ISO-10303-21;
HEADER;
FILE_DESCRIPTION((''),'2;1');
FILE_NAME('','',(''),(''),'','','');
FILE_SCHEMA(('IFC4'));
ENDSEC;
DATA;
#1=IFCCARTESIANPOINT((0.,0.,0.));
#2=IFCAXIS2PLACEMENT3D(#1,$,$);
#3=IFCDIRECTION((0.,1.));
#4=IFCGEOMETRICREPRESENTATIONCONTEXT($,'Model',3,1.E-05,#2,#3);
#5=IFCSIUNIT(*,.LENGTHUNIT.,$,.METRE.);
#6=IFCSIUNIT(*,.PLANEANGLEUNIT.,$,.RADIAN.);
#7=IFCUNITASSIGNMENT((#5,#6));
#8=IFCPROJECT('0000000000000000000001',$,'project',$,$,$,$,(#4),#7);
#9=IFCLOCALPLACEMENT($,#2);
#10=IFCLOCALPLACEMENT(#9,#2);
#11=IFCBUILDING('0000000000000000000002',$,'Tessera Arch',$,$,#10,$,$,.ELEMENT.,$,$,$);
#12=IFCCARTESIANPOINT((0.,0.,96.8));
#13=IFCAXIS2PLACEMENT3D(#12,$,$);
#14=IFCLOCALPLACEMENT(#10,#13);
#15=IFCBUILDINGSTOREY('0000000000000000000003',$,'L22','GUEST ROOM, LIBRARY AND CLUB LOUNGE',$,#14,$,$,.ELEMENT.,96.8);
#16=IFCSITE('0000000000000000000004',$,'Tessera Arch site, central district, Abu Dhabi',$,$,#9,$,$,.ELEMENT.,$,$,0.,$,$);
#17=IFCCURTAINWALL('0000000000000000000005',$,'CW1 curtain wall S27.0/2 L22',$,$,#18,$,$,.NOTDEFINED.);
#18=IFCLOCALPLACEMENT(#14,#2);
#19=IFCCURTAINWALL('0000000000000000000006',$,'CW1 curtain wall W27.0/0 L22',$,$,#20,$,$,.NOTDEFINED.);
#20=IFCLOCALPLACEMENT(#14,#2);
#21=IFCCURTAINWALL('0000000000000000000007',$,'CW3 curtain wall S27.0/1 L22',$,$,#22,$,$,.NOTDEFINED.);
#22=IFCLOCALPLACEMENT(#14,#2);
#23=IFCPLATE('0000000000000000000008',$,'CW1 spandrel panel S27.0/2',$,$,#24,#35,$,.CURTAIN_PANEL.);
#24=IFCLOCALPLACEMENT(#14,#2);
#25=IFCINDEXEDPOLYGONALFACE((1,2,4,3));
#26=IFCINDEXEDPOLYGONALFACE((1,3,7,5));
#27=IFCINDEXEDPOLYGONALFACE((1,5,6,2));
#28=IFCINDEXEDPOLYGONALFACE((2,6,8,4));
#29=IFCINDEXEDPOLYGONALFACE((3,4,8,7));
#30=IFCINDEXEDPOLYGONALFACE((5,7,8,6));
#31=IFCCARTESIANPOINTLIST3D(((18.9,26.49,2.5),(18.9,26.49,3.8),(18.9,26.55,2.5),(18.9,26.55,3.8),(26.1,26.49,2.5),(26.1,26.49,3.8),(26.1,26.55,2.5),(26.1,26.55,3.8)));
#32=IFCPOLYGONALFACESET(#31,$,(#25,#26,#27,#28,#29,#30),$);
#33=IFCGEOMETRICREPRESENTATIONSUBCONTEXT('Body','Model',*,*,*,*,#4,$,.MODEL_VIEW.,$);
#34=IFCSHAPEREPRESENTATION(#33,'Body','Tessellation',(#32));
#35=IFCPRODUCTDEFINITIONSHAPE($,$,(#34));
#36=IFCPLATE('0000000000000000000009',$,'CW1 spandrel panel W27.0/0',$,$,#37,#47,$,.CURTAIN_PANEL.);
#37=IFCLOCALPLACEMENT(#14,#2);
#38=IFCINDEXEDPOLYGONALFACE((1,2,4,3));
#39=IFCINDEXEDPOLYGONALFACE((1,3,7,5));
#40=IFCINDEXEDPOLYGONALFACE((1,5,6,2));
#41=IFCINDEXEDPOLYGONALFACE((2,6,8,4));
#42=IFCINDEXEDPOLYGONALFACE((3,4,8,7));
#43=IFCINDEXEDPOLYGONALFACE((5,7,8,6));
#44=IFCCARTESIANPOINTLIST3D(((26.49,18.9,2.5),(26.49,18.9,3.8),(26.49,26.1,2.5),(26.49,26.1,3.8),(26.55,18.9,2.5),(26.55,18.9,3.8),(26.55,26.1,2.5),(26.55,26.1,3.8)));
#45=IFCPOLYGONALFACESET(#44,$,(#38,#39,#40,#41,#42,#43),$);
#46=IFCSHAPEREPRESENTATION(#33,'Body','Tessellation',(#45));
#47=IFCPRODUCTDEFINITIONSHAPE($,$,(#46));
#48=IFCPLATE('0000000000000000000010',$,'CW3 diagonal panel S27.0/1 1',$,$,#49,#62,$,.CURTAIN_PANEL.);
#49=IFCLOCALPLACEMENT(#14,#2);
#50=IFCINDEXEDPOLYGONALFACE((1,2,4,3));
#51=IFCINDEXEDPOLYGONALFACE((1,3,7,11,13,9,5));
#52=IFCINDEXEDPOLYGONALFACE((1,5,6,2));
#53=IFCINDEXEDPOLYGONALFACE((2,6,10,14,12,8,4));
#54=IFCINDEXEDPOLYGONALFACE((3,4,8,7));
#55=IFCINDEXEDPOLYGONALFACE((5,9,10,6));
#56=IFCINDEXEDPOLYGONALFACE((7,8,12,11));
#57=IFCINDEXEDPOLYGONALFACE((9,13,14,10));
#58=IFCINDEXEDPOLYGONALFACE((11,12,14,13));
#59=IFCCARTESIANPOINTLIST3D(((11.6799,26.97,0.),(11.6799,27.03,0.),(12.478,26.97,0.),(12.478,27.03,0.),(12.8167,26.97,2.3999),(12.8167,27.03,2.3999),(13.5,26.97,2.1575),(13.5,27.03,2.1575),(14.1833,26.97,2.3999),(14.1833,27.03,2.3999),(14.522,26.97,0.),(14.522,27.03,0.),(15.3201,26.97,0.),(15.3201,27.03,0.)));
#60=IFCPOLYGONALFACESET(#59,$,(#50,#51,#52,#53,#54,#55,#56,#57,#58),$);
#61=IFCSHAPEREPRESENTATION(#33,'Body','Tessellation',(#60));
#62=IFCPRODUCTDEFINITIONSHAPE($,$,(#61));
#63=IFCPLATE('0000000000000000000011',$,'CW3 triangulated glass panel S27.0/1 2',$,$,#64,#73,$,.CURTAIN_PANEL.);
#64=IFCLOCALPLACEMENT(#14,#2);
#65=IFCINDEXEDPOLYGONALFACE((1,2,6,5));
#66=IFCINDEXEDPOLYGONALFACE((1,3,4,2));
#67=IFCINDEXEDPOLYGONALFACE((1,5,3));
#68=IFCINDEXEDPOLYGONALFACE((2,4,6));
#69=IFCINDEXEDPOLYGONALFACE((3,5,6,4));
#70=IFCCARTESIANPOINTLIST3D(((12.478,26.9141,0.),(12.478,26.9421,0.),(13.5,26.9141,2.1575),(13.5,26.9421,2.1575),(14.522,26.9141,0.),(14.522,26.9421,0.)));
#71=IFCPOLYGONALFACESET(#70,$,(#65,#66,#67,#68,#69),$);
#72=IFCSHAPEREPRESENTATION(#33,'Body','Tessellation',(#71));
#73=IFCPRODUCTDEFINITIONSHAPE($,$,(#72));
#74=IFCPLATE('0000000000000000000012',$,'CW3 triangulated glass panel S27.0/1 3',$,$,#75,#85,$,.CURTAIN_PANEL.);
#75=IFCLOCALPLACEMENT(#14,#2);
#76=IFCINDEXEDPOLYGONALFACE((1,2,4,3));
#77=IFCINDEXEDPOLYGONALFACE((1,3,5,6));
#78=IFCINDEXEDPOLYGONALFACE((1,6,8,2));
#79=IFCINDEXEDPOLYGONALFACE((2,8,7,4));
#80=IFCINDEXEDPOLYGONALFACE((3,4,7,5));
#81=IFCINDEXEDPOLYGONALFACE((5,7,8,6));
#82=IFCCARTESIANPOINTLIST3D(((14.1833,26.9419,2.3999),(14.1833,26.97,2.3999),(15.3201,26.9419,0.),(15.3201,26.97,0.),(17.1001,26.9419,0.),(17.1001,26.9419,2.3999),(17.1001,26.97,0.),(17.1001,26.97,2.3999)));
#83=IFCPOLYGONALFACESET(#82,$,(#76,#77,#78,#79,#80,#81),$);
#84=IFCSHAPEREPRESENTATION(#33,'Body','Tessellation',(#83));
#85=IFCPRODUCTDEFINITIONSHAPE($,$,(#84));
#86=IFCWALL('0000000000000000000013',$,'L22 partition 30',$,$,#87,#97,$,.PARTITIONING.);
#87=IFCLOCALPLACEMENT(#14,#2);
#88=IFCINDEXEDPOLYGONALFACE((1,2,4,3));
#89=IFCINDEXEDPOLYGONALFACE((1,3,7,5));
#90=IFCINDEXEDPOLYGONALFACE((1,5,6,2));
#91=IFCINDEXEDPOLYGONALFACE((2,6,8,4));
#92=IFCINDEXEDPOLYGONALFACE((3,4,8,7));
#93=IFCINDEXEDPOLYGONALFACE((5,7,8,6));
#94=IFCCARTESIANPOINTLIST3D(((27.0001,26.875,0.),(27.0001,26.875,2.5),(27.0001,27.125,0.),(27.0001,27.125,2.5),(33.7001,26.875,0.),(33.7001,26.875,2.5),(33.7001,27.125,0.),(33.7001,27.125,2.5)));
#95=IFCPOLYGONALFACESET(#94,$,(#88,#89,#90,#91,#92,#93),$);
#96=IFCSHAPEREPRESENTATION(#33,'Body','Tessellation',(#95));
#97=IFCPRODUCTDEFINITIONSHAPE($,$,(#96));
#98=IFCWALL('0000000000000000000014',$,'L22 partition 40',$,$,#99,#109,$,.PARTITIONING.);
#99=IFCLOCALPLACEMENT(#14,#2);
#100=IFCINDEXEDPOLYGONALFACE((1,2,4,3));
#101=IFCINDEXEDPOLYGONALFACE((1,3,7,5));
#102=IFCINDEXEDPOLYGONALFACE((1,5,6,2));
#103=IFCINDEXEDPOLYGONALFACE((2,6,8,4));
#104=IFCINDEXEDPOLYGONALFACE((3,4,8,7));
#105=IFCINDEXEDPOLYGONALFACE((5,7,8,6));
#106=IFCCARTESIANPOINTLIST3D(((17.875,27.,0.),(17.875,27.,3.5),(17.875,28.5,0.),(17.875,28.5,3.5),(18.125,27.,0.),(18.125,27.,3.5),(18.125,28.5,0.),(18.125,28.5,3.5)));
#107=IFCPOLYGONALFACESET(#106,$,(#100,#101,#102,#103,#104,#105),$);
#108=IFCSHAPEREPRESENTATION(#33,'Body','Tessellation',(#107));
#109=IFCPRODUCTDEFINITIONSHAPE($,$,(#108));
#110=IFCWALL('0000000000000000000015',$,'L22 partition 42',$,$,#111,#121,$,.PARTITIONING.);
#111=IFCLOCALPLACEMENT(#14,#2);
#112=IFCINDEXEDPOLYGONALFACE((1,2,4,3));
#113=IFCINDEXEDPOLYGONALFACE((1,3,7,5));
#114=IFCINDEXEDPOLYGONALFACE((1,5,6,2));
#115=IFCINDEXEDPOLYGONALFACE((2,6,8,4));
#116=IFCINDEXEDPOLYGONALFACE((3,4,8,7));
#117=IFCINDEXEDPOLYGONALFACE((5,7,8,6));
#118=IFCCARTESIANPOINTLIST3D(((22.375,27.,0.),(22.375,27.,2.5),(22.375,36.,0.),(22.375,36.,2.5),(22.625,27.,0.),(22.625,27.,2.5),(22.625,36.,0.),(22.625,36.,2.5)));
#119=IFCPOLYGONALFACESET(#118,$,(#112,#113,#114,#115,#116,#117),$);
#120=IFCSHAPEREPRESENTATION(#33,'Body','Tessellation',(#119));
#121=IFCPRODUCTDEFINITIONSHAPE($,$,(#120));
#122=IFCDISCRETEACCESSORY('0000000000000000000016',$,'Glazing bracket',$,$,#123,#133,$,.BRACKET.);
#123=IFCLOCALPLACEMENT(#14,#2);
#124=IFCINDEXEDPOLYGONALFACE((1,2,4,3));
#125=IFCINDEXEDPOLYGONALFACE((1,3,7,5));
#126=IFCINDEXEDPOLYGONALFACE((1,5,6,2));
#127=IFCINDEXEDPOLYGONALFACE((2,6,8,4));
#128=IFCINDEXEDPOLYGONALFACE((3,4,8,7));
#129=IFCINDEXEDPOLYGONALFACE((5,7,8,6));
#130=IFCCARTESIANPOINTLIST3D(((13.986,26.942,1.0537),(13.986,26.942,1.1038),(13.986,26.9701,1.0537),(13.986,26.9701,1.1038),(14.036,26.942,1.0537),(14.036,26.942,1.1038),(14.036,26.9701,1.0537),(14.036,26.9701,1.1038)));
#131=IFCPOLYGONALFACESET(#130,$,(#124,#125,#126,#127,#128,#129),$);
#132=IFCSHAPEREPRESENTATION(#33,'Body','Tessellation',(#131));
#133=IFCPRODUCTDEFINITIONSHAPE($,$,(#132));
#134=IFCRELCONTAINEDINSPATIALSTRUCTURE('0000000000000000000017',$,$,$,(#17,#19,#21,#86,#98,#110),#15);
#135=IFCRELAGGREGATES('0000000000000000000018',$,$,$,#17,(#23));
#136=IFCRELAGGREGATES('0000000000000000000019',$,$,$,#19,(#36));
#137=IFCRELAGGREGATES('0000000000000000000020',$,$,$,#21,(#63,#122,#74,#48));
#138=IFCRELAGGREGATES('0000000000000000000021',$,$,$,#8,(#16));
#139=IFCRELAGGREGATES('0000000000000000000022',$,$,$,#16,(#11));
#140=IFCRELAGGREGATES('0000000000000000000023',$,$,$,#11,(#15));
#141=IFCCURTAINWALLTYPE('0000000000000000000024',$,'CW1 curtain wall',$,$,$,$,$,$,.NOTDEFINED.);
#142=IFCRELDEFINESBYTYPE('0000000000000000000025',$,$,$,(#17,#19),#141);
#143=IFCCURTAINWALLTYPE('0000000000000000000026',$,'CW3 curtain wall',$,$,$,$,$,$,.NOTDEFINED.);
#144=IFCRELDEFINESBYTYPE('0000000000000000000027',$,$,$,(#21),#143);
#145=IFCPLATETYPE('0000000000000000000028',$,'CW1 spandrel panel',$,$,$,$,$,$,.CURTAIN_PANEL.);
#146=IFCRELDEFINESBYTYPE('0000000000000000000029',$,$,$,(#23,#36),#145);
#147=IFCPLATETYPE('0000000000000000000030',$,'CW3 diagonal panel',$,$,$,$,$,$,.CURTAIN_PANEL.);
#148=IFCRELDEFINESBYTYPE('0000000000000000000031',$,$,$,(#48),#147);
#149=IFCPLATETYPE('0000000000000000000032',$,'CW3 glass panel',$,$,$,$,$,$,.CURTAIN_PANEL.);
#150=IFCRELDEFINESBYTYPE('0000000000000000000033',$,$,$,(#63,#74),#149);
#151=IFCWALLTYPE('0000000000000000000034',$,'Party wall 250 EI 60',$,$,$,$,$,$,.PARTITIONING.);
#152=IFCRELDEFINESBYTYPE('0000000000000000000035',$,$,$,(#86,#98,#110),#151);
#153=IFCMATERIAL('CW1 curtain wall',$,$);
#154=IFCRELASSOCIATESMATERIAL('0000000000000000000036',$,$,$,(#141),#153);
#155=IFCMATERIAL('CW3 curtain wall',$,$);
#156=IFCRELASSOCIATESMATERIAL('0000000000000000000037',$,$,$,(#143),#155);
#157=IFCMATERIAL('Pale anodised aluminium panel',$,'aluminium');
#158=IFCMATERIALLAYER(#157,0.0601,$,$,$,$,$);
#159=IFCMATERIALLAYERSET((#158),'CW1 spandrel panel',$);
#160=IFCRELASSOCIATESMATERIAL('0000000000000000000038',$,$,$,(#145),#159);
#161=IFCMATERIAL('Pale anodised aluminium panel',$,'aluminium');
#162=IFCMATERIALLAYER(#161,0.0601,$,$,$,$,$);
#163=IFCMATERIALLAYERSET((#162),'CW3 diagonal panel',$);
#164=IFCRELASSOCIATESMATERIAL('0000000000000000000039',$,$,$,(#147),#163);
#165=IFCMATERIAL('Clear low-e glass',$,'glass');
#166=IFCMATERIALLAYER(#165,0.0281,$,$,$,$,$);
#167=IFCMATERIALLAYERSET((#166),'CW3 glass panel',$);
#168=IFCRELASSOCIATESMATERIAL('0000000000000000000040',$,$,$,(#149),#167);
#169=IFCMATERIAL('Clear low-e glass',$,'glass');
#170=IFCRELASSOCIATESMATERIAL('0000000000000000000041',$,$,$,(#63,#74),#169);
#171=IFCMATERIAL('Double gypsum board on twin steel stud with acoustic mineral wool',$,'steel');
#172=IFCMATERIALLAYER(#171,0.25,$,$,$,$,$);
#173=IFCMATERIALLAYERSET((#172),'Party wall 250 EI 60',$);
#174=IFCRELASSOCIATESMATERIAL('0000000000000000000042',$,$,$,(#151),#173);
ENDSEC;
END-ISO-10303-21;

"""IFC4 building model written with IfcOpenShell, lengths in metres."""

from ifc_helpers import new_model, si_unit, direction, frame, frame_2d, origin, origin_2d, place, context, subcontext, project, spatial, polyline, rectangle, outline, extrude, material, layer, layer_set, type_object, element, aggregate, save


model = new_model("IFC4")

# Units and contexts
model_context = context("Model", 3, precision=1e-05, world=origin(), true_north=direction((0.0, 1.0)))
body_context = subcontext(model_context, "Body", "Model", "MODEL_VIEW")
ifc_project = project(units=[si_unit("LENGTHUNIT", "METRE"), si_unit("PLANEANGLEUNIT", "RADIAN")], contexts=[model_context])

# Site, building, storey
site_placement = place(None, origin())
site = spatial("IfcSite", under=ifc_project, at=site_placement, Name="Tessera Arch site, central district, Abu Dhabi", CompositionType="ELEMENT", RefElevation=0.0)
building_placement = place(site_placement, origin())
building = spatial("IfcBuilding", under=site, at=building_placement, Name="Tessera Arch", CompositionType="ELEMENT")
storey_placement = place(building_placement, frame((0.0, 0.0, 96.8)))
storey = spatial("IfcBuildingStorey", under=building, at=storey_placement, Name="L22", Description="GUEST ROOM, LIBRARY AND CLUB LOUNGE", CompositionType="ELEMENT", Elevation=96.8)

# Curtain walls
ifc_material_1 = material(Name="CW1 curtain wall")
curtain_wall_type_1 = type_object("IfcCurtainWallType", Name="CW1 curtain wall", PredefinedType="NOTDEFINED", material=ifc_material_1)
curtain_wall_1_placement = place(storey_placement, origin())
curtain_wall_1 = element("IfcCurtainWall", 1, at=curtain_wall_1_placement, inside=storey, type_object=curtain_wall_type_1, Name="CW1 curtain wall S27.0/2 L22", PredefinedType="NOTDEFINED")
curtain_wall_2_placement = place(storey_placement, origin())
curtain_wall_2 = element("IfcCurtainWall", 2, at=curtain_wall_2_placement, inside=storey, type_object=curtain_wall_type_1, Name="CW1 curtain wall W27.0/0 L22", PredefinedType="NOTDEFINED")

# Curtain wall
ifc_material_2 = material(Name="CW3 curtain wall")
curtain_wall_type_2 = type_object("IfcCurtainWallType", Name="CW3 curtain wall", PredefinedType="NOTDEFINED", material=ifc_material_2)
curtain_wall_3_placement = place(storey_placement, origin())
curtain_wall_3 = element("IfcCurtainWall", 3, at=curtain_wall_3_placement, inside=storey, type_object=curtain_wall_type_2, Name="CW3 curtain wall S27.0/1 L22", PredefinedType="NOTDEFINED")

# Plates
ifc_material_3 = material(Name="Clear low-e glass", Category="glass")
ifc_material_4 = material(Name="Pale anodised aluminium panel", Category="aluminium")
ifc_layer_1 = layer(ifc_material_4, 0.0601)
ifc_layer_set_1 = layer_set([ifc_layer_1], Name="CW1 spandrel panel")
plate_type_1 = type_object("IfcPlateType", Name="CW1 spandrel panel", PredefinedType="CURTAIN_PANEL", material=ifc_layer_set_1)
plate_1_placement = place(storey_placement, frame((22.5, 26.52, 2.5), z_axis=(0.0, 0.0, 1.0), x_axis=(1.0, 0.0, 0.0)))
plate_1 = element("IfcPlate", 4, at=plate_1_placement, type_object=plate_type_1, Name="CW1 spandrel panel S27.0/2", PredefinedType="CURTAIN_PANEL", context=body_context, shape_type="SweptSolid", body=[
    extrude(rectangle(XDim=7.2, YDim=0.0601, at=origin_2d()), origin(), (0.0, 0.0, 1.0), 1.3),
])
aggregate(curtain_wall_1, [plate_1])
plate_2_placement = place(storey_placement, frame((26.52, 22.5, 2.5), z_axis=(0.0, 0.0, 1.0), x_axis=(0.0, -1.0, 0.0)))
plate_2 = element("IfcPlate", 5, at=plate_2_placement, type_object=plate_type_1, Name="CW1 spandrel panel W27.0/0", PredefinedType="CURTAIN_PANEL", context=body_context, shape_type="SweptSolid", body=[
    extrude(rectangle(XDim=7.2, YDim=0.0601, at=origin_2d()), origin(), (0.0, 0.0, 1.0), 1.3),
])
aggregate(curtain_wall_2, [plate_2])
ifc_material_5 = material(Name="Pale anodised aluminium panel", Category="aluminium")
ifc_layer_2 = layer(ifc_material_5, 0.0601)
ifc_layer_set_2 = layer_set([ifc_layer_2], Name="CW3 diagonal panel")
plate_type_2 = type_object("IfcPlateType", Name="CW3 diagonal panel", PredefinedType="CURTAIN_PANEL", material=ifc_layer_set_2)
plate_3_placement = place(storey_placement, frame((14.1833, 26.97, 2.3999), z_axis=(0.0, -1.0, 0.0), x_axis=(-1.0, 0.0, 0.0)))
plate_3 = element("IfcPlate", 6, at=plate_3_placement, type_object=plate_type_2, Name="CW3 diagonal panel S27.0/1 1", PredefinedType="CURTAIN_PANEL", context=body_context, shape_type="SweptSolid", body=[
    extrude(outline(polyline([(0.0, 0.0), (1.3667, 0.0), (2.5034, 2.3999), (1.7053, 2.3999), (0.6833, 0.2424), (-0.3386, 2.3999), (-1.1367, 2.3999), (0.0, 0.0)])), origin(), (0.0, 0.0, -1.0), 0.0601),
])
ifc_material_6 = material(Name="Clear low-e glass", Category="glass")
ifc_layer_3 = layer(ifc_material_6, 0.0281)
ifc_layer_set_3 = layer_set([ifc_layer_3], Name="CW3 glass panel")
plate_type_3 = type_object("IfcPlateType", Name="CW3 glass panel", PredefinedType="CURTAIN_PANEL", material=ifc_layer_set_3)
plate_4_placement = place(storey_placement, frame((12.478, 26.9141, 0.0), z_axis=(0.0, -1.0, 0.0), x_axis=(1.0, 0.0, 0.0)))
plate_4 = element("IfcPlate", 7, at=plate_4_placement, type_object=plate_type_3, material=ifc_material_3, Name="CW3 triangulated glass panel S27.0/1 2", PredefinedType="CURTAIN_PANEL", context=body_context, shape_type="SweptSolid", body=[
    extrude(outline(polyline([(0.0, 0.0), (2.0439, 0.0), (1.022, 2.1575), (0.0, 0.0)])), origin(), (0.0, 0.0, -1.0), 0.0281),
])
plate_5_placement = place(storey_placement, frame((17.1001, 26.9419, 2.3999), z_axis=(0.0, -1.0, 0.0), x_axis=(-1.0, 0.0, 0.0)))
plate_5 = element("IfcPlate", 8, at=plate_5_placement, type_object=plate_type_3, material=ifc_material_3, Name="CW3 triangulated glass panel S27.0/1 3", PredefinedType="CURTAIN_PANEL", context=body_context, shape_type="SweptSolid", body=[
    extrude(outline(polyline([(0.0, 0.0), (2.9167, 0.0), (1.78, 2.3999), (0.0, 2.3999), (0.0, 0.0)])), origin(), (0.0, 0.0, -1.0), 0.0281),
])

# Walls
ifc_material_7 = material(Name="Double gypsum board on twin steel stud with acoustic mineral wool", Category="steel")
ifc_layer_4 = layer(ifc_material_7, 0.25)
ifc_layer_set_4 = layer_set([ifc_layer_4], Name="Party wall 250 EI 60")
wall_type = type_object("IfcWallType", Name="Party wall 250 EI 60", PredefinedType="PARTITIONING", material=ifc_layer_set_4)
wall_1_placement = place(storey_placement, frame((27.0, 27.0, 0.0), z_axis=(0.0, 0.0, 1.0), x_axis=(1.0, 0.0, 0.0)))
element("IfcWall", 9, at=wall_1_placement, inside=storey, type_object=wall_type, Name="L22 partition 30", PredefinedType="PARTITIONING", context=body_context, shape_type="SweptSolid", body=[
    extrude(rectangle(XDim=6.7, YDim=0.25, at=frame_2d((3.3501, 0.0))), origin(), (0.0, 0.0, 1.0), 2.5),
])
wall_2_placement = place(storey_placement, frame((18.0, 27.0, 0.0), z_axis=(0.0, 0.0, 1.0), x_axis=(0.0, 1.0, 0.0)))
element("IfcWall", 10, at=wall_2_placement, inside=storey, type_object=wall_type, Name="L22 partition 40", PredefinedType="PARTITIONING", context=body_context, shape_type="SweptSolid", body=[
    extrude(rectangle(XDim=1.5, YDim=0.25, at=frame_2d((0.75, 0.0))), origin(), (0.0, 0.0, 1.0), 3.5),
])
wall_3_placement = place(storey_placement, frame((22.5, 27.0, 0.0), z_axis=(0.0, 0.0, 1.0), x_axis=(0.0, 1.0, 0.0)))
element("IfcWall", 11, at=wall_3_placement, inside=storey, type_object=wall_type, Name="L22 partition 42", PredefinedType="PARTITIONING", context=body_context, shape_type="SweptSolid", body=[
    extrude(rectangle(XDim=9.0, YDim=0.25, at=frame_2d((4.5, 0.0))), origin(), (0.0, 0.0, 1.0), 2.5),
])

# Discrete accessory
discrete_accessory_placement = place(storey_placement, frame((14.011, 26.9561, 1.0537), z_axis=(0.0, 0.0, 1.0), x_axis=(1.0, 0.0, 0.0)))
discrete_accessory = element("IfcDiscreteAccessory", 12, at=discrete_accessory_placement, Name="Glazing bracket", PredefinedType="BRACKET", context=body_context, shape_type="SweptSolid", body=[
    extrude(rectangle(XDim=0.05, YDim=0.0281, at=origin_2d()), origin(), (0.0, 0.0, 1.0), 0.05),
])
aggregate(curtain_wall_3, [plate_4, discrete_accessory, plate_5, plate_3])

save(model, "model.ifc")
